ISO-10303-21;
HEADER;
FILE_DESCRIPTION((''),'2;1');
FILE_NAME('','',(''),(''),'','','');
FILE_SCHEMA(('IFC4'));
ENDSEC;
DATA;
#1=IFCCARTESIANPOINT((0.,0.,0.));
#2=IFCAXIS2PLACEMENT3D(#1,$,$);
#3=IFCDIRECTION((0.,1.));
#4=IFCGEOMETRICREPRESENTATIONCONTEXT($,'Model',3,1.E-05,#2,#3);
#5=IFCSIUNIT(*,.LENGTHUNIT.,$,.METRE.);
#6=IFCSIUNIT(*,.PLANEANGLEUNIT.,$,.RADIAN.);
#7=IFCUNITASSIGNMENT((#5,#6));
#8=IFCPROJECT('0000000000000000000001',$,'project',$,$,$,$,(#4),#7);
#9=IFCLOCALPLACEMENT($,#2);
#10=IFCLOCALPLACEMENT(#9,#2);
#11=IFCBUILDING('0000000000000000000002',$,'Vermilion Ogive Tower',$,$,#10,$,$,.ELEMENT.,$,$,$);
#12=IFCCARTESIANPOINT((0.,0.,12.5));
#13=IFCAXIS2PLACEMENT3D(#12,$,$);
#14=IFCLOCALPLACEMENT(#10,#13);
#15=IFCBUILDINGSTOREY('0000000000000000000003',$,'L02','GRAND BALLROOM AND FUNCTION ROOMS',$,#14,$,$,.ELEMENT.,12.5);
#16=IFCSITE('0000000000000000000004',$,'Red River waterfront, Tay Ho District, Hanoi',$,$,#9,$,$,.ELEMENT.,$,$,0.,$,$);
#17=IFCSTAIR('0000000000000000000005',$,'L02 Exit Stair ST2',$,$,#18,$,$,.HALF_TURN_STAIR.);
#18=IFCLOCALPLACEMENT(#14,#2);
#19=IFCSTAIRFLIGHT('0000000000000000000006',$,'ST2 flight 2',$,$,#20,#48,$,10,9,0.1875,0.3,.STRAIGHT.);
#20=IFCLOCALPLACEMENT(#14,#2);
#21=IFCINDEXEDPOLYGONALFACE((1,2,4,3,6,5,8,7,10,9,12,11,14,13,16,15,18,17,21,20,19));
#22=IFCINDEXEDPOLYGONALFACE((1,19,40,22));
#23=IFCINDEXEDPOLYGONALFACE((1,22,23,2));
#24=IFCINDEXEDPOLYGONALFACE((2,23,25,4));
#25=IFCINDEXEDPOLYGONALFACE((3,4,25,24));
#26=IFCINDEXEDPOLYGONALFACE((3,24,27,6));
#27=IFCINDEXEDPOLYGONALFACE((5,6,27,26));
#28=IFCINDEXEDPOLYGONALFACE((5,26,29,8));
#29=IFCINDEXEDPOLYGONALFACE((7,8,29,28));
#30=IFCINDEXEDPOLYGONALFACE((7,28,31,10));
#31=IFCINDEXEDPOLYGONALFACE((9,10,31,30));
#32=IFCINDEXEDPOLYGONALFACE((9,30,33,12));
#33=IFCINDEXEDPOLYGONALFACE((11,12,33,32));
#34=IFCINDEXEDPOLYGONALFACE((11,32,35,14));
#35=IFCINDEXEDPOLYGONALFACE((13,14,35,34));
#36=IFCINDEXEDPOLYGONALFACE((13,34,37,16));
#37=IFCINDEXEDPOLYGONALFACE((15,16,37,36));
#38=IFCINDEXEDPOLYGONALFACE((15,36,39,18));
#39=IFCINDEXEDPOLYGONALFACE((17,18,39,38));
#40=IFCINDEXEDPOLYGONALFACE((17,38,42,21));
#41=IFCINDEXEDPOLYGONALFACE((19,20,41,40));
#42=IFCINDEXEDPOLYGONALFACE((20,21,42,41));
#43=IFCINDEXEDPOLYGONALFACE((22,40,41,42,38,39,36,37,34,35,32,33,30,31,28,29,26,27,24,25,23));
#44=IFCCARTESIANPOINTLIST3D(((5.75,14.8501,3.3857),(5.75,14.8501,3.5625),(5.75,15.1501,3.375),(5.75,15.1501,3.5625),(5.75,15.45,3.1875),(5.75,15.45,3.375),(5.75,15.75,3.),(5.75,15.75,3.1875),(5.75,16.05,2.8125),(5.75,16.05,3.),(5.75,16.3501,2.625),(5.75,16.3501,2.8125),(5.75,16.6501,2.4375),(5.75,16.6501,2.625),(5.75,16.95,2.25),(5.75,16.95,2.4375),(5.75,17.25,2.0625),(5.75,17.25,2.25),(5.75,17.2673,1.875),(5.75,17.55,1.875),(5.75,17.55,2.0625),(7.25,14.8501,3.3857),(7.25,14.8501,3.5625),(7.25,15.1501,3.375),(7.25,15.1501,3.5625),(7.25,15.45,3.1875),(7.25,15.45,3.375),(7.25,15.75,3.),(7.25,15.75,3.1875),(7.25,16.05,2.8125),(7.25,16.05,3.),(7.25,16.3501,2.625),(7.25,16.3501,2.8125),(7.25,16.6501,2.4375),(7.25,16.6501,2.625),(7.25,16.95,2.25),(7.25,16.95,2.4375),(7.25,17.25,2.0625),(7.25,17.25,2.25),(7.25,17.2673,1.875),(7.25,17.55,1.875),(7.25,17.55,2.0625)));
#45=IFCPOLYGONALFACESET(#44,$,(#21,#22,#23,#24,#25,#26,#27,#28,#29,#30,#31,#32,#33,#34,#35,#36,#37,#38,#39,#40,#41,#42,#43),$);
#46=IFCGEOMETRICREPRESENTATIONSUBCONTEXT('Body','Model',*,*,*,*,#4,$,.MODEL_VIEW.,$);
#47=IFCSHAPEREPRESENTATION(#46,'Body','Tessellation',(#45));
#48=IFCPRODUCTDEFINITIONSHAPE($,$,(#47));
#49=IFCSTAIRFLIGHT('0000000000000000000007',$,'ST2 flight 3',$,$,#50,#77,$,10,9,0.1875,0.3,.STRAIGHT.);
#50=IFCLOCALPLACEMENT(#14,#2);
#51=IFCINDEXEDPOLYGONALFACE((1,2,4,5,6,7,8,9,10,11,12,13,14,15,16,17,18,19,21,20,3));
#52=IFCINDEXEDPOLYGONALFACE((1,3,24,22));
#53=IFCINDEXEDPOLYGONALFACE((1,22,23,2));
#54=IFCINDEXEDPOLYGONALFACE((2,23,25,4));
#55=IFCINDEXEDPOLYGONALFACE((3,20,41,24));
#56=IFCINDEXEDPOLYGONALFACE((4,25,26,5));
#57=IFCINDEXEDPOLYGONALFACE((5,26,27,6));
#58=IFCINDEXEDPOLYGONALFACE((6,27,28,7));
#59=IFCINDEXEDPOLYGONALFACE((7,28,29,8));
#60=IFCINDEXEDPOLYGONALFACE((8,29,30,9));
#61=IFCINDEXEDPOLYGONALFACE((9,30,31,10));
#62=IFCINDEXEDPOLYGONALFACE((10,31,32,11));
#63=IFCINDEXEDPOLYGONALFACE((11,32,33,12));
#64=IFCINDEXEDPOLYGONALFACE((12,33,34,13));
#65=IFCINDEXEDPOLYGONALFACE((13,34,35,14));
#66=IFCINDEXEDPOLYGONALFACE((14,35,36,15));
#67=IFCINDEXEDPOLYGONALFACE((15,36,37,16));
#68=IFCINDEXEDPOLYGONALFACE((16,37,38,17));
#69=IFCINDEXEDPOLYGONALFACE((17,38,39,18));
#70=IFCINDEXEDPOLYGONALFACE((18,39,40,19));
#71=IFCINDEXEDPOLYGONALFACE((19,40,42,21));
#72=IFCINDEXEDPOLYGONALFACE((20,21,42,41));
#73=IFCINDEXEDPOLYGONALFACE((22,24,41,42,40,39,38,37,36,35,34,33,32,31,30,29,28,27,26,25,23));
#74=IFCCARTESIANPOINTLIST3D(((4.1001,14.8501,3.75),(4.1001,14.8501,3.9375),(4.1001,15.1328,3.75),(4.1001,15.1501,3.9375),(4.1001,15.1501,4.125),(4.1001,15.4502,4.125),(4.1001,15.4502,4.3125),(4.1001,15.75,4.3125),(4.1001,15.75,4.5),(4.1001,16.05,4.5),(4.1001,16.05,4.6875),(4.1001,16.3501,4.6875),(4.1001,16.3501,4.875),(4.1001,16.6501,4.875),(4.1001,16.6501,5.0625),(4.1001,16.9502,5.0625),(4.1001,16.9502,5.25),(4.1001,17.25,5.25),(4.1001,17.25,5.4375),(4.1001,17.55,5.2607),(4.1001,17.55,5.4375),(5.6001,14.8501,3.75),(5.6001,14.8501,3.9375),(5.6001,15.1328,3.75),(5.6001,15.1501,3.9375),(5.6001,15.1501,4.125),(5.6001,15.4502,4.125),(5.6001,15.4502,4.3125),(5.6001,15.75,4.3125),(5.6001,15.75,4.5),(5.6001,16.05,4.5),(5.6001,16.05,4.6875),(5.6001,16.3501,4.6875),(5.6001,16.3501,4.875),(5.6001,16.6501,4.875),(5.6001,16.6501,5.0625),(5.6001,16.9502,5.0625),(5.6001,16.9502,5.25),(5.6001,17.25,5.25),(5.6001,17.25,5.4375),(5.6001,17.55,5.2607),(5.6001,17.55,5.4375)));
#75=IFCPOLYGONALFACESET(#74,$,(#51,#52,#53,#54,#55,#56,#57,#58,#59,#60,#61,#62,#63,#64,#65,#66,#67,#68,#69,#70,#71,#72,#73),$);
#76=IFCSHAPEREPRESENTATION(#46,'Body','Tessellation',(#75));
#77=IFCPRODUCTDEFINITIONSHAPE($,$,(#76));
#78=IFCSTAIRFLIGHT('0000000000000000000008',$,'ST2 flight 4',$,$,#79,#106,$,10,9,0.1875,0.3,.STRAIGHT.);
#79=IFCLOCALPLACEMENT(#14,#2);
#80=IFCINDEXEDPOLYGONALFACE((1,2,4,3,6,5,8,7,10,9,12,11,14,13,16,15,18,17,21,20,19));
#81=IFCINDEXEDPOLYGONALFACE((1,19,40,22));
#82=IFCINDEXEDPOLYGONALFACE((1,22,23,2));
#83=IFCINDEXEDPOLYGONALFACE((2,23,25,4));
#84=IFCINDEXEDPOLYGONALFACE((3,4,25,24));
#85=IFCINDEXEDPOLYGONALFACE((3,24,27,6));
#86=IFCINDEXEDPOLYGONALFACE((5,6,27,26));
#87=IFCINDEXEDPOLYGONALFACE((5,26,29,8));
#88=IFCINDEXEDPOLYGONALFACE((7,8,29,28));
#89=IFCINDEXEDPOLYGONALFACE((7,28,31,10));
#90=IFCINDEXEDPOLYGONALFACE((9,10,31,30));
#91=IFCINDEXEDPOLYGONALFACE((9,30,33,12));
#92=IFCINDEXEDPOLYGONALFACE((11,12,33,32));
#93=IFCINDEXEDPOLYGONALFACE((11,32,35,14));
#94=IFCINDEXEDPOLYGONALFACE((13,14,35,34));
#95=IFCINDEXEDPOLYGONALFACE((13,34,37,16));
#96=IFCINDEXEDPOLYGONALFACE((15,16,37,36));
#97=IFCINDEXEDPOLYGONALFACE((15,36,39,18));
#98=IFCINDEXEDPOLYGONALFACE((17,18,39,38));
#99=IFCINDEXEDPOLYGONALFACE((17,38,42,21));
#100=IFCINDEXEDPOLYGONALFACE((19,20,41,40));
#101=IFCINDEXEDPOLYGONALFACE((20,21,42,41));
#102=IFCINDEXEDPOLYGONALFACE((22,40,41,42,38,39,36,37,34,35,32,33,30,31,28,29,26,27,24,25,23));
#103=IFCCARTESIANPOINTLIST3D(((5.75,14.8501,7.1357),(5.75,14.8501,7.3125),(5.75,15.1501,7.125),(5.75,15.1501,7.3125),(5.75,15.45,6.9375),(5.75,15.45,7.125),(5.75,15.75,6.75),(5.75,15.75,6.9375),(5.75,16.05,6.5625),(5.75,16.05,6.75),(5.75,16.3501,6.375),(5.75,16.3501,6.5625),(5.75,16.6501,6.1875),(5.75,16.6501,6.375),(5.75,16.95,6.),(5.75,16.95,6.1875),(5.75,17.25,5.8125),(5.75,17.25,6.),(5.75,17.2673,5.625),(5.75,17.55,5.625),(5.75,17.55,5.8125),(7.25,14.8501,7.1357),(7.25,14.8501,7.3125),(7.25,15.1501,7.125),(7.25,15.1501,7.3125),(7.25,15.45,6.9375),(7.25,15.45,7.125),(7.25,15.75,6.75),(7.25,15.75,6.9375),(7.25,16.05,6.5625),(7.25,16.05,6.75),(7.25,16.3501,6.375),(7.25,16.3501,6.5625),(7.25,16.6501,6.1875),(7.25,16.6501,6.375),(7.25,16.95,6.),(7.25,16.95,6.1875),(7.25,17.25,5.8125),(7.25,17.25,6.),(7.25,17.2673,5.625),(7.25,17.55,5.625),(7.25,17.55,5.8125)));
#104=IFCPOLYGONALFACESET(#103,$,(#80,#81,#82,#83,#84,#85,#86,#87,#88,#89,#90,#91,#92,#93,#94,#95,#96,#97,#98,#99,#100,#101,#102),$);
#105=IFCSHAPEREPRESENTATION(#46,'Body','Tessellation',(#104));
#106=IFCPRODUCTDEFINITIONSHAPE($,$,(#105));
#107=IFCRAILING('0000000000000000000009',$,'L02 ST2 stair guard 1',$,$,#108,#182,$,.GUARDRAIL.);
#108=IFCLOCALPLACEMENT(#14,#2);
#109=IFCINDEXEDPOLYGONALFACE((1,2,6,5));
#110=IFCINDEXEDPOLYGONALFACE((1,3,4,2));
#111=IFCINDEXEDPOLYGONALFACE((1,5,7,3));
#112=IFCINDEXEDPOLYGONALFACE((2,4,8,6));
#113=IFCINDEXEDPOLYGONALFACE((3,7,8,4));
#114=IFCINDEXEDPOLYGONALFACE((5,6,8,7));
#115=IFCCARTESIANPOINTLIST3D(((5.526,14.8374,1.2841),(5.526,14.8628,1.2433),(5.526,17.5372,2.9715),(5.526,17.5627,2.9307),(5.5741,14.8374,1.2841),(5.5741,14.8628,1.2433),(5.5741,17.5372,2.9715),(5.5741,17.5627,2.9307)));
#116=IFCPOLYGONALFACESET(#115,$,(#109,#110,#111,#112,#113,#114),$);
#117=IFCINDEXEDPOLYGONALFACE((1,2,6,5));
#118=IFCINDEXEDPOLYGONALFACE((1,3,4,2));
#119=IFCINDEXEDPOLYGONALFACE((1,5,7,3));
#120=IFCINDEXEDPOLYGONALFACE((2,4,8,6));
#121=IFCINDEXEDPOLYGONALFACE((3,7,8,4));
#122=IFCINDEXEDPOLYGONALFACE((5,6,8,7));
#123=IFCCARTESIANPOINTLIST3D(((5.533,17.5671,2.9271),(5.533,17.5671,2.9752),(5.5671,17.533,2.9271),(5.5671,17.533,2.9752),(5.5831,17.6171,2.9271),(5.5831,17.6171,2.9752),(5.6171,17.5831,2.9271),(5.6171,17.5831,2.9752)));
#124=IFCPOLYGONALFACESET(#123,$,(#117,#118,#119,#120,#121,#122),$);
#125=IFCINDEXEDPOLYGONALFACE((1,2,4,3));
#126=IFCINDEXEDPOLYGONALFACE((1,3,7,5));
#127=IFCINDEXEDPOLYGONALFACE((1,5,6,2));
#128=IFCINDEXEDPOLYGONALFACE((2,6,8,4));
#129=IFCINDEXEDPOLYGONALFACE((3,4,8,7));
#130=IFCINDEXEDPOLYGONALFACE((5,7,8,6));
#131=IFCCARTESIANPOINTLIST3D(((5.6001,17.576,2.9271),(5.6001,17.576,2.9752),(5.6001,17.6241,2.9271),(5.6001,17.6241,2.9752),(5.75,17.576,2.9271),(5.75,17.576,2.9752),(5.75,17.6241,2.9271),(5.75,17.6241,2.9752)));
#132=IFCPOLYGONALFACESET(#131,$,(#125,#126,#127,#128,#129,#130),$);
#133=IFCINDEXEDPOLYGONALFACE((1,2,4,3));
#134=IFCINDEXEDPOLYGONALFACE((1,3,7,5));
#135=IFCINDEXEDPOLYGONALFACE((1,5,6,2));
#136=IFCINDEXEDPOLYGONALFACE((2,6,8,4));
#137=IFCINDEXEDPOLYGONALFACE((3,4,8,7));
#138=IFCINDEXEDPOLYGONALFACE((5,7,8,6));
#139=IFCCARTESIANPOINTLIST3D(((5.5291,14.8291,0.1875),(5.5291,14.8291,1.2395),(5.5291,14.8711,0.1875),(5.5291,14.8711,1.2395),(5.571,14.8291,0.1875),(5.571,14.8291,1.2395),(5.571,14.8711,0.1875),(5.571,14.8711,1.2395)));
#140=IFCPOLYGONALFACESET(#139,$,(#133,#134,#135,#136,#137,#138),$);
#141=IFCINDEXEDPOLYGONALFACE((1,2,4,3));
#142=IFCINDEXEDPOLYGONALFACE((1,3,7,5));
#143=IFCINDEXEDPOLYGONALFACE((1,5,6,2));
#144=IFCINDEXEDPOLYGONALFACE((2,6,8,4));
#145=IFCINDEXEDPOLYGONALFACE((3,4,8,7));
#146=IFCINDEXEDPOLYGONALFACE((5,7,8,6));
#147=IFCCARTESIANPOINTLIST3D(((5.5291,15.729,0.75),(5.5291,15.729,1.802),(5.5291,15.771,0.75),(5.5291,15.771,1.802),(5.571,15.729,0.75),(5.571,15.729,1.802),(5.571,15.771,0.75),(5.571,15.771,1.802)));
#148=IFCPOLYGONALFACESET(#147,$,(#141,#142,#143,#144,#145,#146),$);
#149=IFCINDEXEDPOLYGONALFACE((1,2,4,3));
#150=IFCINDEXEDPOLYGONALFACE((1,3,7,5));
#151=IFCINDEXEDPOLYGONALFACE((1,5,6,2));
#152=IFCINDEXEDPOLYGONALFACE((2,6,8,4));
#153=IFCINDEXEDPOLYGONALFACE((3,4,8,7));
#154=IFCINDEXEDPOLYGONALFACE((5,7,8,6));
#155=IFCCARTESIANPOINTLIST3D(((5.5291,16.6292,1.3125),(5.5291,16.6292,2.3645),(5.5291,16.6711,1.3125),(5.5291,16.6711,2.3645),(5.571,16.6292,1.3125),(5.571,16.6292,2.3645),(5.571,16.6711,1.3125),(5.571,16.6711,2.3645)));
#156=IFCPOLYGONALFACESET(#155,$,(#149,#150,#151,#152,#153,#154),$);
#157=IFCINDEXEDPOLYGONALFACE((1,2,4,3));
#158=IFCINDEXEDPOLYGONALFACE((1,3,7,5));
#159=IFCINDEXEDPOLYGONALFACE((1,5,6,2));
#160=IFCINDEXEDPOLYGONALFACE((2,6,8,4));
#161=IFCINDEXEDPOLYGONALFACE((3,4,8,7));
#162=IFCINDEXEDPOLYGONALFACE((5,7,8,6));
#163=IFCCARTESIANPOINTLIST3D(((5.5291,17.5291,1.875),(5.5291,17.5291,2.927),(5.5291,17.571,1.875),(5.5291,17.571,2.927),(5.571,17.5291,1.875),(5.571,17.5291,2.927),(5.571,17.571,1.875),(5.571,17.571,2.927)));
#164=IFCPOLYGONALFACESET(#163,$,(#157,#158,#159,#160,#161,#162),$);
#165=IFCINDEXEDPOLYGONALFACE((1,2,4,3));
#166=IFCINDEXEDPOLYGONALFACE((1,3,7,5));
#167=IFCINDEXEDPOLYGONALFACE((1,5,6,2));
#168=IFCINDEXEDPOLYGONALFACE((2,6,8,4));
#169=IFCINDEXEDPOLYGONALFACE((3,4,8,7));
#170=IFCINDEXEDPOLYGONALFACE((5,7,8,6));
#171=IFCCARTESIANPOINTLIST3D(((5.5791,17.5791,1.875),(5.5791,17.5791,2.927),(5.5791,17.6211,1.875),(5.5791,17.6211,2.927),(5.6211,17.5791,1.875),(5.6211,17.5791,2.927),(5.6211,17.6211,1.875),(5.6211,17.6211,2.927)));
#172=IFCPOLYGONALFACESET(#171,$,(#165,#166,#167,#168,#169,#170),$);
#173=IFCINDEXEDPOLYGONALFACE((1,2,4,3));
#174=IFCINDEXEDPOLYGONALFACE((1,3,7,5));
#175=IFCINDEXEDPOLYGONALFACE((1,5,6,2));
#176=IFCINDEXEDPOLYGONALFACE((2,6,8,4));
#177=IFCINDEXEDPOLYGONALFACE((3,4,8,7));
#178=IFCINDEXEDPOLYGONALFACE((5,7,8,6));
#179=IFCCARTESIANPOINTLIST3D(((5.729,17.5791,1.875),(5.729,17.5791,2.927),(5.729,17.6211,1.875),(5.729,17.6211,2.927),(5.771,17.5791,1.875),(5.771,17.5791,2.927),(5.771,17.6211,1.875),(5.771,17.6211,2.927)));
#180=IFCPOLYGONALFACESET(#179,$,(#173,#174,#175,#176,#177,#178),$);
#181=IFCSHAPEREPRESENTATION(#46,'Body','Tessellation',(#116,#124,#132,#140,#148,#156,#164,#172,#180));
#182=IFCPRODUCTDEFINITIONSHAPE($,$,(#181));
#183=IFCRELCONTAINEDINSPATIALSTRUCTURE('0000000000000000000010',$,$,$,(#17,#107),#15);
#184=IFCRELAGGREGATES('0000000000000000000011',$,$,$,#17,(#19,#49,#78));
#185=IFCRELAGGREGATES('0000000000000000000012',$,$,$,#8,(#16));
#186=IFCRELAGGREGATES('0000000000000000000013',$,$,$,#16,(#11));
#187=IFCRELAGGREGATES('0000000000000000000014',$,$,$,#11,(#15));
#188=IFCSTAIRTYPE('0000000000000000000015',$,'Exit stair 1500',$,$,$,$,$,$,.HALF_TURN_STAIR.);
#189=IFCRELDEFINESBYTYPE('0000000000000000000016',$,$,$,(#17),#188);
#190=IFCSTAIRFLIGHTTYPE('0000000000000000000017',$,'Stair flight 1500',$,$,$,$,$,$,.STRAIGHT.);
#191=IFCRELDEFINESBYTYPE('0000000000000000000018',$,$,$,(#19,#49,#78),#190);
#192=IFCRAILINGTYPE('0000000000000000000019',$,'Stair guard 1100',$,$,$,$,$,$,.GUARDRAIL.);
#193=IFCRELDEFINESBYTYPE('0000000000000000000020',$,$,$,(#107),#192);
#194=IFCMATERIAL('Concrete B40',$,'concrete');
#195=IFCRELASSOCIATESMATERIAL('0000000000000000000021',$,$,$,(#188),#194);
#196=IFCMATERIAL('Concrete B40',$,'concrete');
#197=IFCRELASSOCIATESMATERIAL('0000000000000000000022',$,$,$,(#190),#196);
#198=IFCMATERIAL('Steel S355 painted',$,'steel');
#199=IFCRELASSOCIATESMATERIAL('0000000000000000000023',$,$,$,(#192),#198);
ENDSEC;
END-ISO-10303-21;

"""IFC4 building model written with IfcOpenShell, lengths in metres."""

from ifc_helpers import new_model, si_unit, direction, frame, origin, origin_2d, place, context, subcontext, project, spatial, polyline, rectangle, outline, extrude, material, type_object, element, aggregate, save


model = new_model("IFC4")

# Units and contexts
model_context = context("Model", 3, precision=1e-05, world=origin(), true_north=direction((0.0, 1.0)))
body_context = subcontext(model_context, "Body", "Model", "MODEL_VIEW")
ifc_project = project(units=[si_unit("LENGTHUNIT", "METRE"), si_unit("PLANEANGLEUNIT", "RADIAN")], contexts=[model_context])

# Site, building, storey
site_placement = place(None, origin())
site = spatial("IfcSite", under=ifc_project, at=site_placement, Name="Red River waterfront, Tay Ho District, Hanoi", CompositionType="ELEMENT", RefElevation=0.0)
building_placement = place(site_placement, origin())
building = spatial("IfcBuilding", under=site, at=building_placement, Name="Vermilion Ogive Tower", CompositionType="ELEMENT")
storey_placement = place(building_placement, frame((0.0, 0.0, 12.5)))
storey = spatial("IfcBuildingStorey", under=building, at=storey_placement, Name="L02", Description="GRAND BALLROOM AND FUNCTION ROOMS", CompositionType="ELEMENT", Elevation=12.5)

# Stair, stair flights
ifc_material_1 = material(Name="Concrete B40", Category="concrete")
stair_type = type_object("IfcStairType", Name="Exit stair 1500", PredefinedType="HALF_TURN_STAIR", material=ifc_material_1)
stair_placement = place(storey_placement, origin())
stair = element("IfcStair", 1, at=stair_placement, inside=storey, type_object=stair_type, Name="L02 Exit Stair ST2", PredefinedType="HALF_TURN_STAIR")
ifc_material_2 = material(Name="Concrete B40", Category="concrete")
stair_flight_type = type_object("IfcStairFlightType", Name="Stair flight 1500", PredefinedType="STRAIGHT", material=ifc_material_2)
stair_flight_1_placement = place(storey_placement, frame((6.5, 17.55, 1.875), z_axis=(0.0, 0.0, 1.0), x_axis=(0.0, -1.0, 0.0)))
stair_flight_1 = element("IfcStairFlight", 2, at=stair_flight_1_placement, type_object=stair_flight_type, Name="ST2 flight 2", NumberOfRisers=10, NumberOfTreads=9, PredefinedType="STRAIGHT", RiserHeight=0.1875, TreadLength=0.3, context=body_context, shape_type="SweptSolid", body=[
    extrude(outline(polyline([(0.0, 0.0), (0.0, 0.1875), (0.3, 0.1875), (0.3, 0.375), (0.6001, 0.375), (0.6001, 0.5625), (0.8999, 0.5625), (0.8999, 0.75), (1.2, 0.75), (1.2, 0.9375), (1.5, 0.9375), (1.5, 1.125), (1.8, 1.125), (1.8, 1.3125), (2.1001, 1.3125), (2.1001, 1.5), (2.3999, 1.5), (2.3999, 1.6875), (2.7, 1.6875), (2.7, 1.875), (2.7, 1.5107), (0.2827, 0.0), (0.0, 0.0)])), frame((0.0, 0.75, 0.0), z_axis=(0.0, -1.0, 0.0), x_axis=(1.0, 0.0, 0.0)), (0.0, 0.0, 1.0), 1.5),
])
stair_flight_2_placement = place(storey_placement, frame((4.8501, 14.8501, 3.75), z_axis=(0.0, 0.0, 1.0), x_axis=(0.0, 1.0, 0.0)))
stair_flight_2 = element("IfcStairFlight", 3, at=stair_flight_2_placement, type_object=stair_flight_type, Name="ST2 flight 3", NumberOfRisers=10, NumberOfTreads=9, PredefinedType="STRAIGHT", RiserHeight=0.1875, TreadLength=0.3, context=body_context, shape_type="SweptSolid", body=[
    extrude(outline(polyline([(0.0, 0.0), (0.0, 0.1875), (0.3, 0.1875), (0.3, 0.375), (0.6001, 0.375), (0.6001, 0.5625), (0.8999, 0.5625), (0.8999, 0.75), (1.2, 0.75), (1.2, 0.9375), (1.5, 0.9375), (1.5, 1.125), (1.8, 1.125), (1.8, 1.3125), (2.1001, 1.3125), (2.1001, 1.5), (2.3999, 1.5), (2.3999, 1.6875), (2.7, 1.6875), (2.7, 1.875), (2.7, 1.5107), (0.2827, 0.0), (0.0, 0.0)])), frame((0.0, 0.75, 0.0), z_axis=(0.0, -1.0, 0.0), x_axis=(1.0, 0.0, 0.0)), (0.0, 0.0, 1.0), 1.5),
])
stair_flight_3_placement = place(storey_placement, frame((6.5, 17.55, 5.625), z_axis=(0.0, 0.0, 1.0), x_axis=(0.0, -1.0, 0.0)))
stair_flight_3 = element("IfcStairFlight", 4, at=stair_flight_3_placement, type_object=stair_flight_type, Name="ST2 flight 4", NumberOfRisers=10, NumberOfTreads=9, PredefinedType="STRAIGHT", RiserHeight=0.1875, TreadLength=0.3, context=body_context, shape_type="SweptSolid", body=[
    extrude(outline(polyline([(0.0, 0.0), (0.0, 0.1875), (0.3, 0.1875), (0.3, 0.375), (0.6001, 0.375), (0.6001, 0.5625), (0.8999, 0.5625), (0.8999, 0.75), (1.2, 0.75), (1.2, 0.9375), (1.5, 0.9375), (1.5, 1.125), (1.8, 1.125), (1.8, 1.3125), (2.1001, 1.3125), (2.1001, 1.5), (2.3999, 1.5), (2.3999, 1.6875), (2.7, 1.6875), (2.7, 1.875), (2.7, 1.5107), (0.2827, 0.0), (0.0, 0.0)])), frame((0.0, 0.75, 0.0), z_axis=(0.0, -1.0, 0.0), x_axis=(1.0, 0.0, 0.0)), (0.0, 0.0, 1.0), 1.5),
])
aggregate(stair, [stair_flight_1, stair_flight_2, stair_flight_3])

# Railing
ifc_material_3 = material(Name="Steel S355 painted", Category="steel")
railing_type_1 = type_object("IfcRailingType", Name="Stair guard 1100", PredefinedType="GUARDRAIL", material=ifc_material_3)
railing_1_placement = place(storey_placement, frame((5.55, 14.8501, 0.1875)))
element("IfcRailing", 5, at=railing_1_placement, inside=storey, type_object=railing_type_1, Name="L02 ST2 stair guard 1", PredefinedType="GUARDRAIL", context=body_context, shape_type="SweptSolid", body=[
    extrude(rectangle(XDim=0.0481, YDim=0.0481, at=origin_2d()), frame((0.0, 0.0, 1.0762), z_axis=(0.0, 0.847994, 0.530006), x_axis=(-1.0, 0.0, 0.0)), (0.0, 0.0, 1.0), 3.1838),
    extrude(rectangle(XDim=0.0481, YDim=0.0481, at=origin_2d()), frame((0.0, 2.7, 2.7637), z_axis=(0.707107, 0.707107, 0.0), x_axis=(-0.707107, 0.707107, 0.0)), (0.0, 0.0, 1.0), 0.0708),
    extrude(rectangle(XDim=0.0481, YDim=0.0481, at=origin_2d()), frame((0.05, 2.75, 2.7637), z_axis=(1.0, 0.0, 0.0), x_axis=(0.0, 1.0, 0.0)), (0.0, 0.0, 1.0), 0.1499),
    extrude(rectangle(XDim=0.042, YDim=0.042, at=origin_2d()), origin(), (0.0, 0.0, 1.0), 1.052),
    extrude(rectangle(XDim=0.042, YDim=0.042, at=origin_2d()), frame((0.0, 0.8999, 0.5625)), (0.0, 0.0, 1.0), 1.052),
    extrude(rectangle(XDim=0.042, YDim=0.042, at=origin_2d()), frame((0.0, 1.8, 1.125)), (0.0, 0.0, 1.0), 1.052),
    extrude(rectangle(XDim=0.042, YDim=0.042, at=origin_2d()), frame((0.0, 2.7, 1.6875)), (0.0, 0.0, 1.0), 1.052),
    extrude(rectangle(XDim=0.042, YDim=0.042, at=origin_2d()), frame((0.05, 2.75, 1.6875)), (0.0, 0.0, 1.0), 1.052),
    extrude(rectangle(XDim=0.042, YDim=0.042, at=origin_2d()), frame((0.2, 2.75, 1.6875)), (0.0, 0.0, 1.0), 1.052),
])

save(model, "model.ifc")
